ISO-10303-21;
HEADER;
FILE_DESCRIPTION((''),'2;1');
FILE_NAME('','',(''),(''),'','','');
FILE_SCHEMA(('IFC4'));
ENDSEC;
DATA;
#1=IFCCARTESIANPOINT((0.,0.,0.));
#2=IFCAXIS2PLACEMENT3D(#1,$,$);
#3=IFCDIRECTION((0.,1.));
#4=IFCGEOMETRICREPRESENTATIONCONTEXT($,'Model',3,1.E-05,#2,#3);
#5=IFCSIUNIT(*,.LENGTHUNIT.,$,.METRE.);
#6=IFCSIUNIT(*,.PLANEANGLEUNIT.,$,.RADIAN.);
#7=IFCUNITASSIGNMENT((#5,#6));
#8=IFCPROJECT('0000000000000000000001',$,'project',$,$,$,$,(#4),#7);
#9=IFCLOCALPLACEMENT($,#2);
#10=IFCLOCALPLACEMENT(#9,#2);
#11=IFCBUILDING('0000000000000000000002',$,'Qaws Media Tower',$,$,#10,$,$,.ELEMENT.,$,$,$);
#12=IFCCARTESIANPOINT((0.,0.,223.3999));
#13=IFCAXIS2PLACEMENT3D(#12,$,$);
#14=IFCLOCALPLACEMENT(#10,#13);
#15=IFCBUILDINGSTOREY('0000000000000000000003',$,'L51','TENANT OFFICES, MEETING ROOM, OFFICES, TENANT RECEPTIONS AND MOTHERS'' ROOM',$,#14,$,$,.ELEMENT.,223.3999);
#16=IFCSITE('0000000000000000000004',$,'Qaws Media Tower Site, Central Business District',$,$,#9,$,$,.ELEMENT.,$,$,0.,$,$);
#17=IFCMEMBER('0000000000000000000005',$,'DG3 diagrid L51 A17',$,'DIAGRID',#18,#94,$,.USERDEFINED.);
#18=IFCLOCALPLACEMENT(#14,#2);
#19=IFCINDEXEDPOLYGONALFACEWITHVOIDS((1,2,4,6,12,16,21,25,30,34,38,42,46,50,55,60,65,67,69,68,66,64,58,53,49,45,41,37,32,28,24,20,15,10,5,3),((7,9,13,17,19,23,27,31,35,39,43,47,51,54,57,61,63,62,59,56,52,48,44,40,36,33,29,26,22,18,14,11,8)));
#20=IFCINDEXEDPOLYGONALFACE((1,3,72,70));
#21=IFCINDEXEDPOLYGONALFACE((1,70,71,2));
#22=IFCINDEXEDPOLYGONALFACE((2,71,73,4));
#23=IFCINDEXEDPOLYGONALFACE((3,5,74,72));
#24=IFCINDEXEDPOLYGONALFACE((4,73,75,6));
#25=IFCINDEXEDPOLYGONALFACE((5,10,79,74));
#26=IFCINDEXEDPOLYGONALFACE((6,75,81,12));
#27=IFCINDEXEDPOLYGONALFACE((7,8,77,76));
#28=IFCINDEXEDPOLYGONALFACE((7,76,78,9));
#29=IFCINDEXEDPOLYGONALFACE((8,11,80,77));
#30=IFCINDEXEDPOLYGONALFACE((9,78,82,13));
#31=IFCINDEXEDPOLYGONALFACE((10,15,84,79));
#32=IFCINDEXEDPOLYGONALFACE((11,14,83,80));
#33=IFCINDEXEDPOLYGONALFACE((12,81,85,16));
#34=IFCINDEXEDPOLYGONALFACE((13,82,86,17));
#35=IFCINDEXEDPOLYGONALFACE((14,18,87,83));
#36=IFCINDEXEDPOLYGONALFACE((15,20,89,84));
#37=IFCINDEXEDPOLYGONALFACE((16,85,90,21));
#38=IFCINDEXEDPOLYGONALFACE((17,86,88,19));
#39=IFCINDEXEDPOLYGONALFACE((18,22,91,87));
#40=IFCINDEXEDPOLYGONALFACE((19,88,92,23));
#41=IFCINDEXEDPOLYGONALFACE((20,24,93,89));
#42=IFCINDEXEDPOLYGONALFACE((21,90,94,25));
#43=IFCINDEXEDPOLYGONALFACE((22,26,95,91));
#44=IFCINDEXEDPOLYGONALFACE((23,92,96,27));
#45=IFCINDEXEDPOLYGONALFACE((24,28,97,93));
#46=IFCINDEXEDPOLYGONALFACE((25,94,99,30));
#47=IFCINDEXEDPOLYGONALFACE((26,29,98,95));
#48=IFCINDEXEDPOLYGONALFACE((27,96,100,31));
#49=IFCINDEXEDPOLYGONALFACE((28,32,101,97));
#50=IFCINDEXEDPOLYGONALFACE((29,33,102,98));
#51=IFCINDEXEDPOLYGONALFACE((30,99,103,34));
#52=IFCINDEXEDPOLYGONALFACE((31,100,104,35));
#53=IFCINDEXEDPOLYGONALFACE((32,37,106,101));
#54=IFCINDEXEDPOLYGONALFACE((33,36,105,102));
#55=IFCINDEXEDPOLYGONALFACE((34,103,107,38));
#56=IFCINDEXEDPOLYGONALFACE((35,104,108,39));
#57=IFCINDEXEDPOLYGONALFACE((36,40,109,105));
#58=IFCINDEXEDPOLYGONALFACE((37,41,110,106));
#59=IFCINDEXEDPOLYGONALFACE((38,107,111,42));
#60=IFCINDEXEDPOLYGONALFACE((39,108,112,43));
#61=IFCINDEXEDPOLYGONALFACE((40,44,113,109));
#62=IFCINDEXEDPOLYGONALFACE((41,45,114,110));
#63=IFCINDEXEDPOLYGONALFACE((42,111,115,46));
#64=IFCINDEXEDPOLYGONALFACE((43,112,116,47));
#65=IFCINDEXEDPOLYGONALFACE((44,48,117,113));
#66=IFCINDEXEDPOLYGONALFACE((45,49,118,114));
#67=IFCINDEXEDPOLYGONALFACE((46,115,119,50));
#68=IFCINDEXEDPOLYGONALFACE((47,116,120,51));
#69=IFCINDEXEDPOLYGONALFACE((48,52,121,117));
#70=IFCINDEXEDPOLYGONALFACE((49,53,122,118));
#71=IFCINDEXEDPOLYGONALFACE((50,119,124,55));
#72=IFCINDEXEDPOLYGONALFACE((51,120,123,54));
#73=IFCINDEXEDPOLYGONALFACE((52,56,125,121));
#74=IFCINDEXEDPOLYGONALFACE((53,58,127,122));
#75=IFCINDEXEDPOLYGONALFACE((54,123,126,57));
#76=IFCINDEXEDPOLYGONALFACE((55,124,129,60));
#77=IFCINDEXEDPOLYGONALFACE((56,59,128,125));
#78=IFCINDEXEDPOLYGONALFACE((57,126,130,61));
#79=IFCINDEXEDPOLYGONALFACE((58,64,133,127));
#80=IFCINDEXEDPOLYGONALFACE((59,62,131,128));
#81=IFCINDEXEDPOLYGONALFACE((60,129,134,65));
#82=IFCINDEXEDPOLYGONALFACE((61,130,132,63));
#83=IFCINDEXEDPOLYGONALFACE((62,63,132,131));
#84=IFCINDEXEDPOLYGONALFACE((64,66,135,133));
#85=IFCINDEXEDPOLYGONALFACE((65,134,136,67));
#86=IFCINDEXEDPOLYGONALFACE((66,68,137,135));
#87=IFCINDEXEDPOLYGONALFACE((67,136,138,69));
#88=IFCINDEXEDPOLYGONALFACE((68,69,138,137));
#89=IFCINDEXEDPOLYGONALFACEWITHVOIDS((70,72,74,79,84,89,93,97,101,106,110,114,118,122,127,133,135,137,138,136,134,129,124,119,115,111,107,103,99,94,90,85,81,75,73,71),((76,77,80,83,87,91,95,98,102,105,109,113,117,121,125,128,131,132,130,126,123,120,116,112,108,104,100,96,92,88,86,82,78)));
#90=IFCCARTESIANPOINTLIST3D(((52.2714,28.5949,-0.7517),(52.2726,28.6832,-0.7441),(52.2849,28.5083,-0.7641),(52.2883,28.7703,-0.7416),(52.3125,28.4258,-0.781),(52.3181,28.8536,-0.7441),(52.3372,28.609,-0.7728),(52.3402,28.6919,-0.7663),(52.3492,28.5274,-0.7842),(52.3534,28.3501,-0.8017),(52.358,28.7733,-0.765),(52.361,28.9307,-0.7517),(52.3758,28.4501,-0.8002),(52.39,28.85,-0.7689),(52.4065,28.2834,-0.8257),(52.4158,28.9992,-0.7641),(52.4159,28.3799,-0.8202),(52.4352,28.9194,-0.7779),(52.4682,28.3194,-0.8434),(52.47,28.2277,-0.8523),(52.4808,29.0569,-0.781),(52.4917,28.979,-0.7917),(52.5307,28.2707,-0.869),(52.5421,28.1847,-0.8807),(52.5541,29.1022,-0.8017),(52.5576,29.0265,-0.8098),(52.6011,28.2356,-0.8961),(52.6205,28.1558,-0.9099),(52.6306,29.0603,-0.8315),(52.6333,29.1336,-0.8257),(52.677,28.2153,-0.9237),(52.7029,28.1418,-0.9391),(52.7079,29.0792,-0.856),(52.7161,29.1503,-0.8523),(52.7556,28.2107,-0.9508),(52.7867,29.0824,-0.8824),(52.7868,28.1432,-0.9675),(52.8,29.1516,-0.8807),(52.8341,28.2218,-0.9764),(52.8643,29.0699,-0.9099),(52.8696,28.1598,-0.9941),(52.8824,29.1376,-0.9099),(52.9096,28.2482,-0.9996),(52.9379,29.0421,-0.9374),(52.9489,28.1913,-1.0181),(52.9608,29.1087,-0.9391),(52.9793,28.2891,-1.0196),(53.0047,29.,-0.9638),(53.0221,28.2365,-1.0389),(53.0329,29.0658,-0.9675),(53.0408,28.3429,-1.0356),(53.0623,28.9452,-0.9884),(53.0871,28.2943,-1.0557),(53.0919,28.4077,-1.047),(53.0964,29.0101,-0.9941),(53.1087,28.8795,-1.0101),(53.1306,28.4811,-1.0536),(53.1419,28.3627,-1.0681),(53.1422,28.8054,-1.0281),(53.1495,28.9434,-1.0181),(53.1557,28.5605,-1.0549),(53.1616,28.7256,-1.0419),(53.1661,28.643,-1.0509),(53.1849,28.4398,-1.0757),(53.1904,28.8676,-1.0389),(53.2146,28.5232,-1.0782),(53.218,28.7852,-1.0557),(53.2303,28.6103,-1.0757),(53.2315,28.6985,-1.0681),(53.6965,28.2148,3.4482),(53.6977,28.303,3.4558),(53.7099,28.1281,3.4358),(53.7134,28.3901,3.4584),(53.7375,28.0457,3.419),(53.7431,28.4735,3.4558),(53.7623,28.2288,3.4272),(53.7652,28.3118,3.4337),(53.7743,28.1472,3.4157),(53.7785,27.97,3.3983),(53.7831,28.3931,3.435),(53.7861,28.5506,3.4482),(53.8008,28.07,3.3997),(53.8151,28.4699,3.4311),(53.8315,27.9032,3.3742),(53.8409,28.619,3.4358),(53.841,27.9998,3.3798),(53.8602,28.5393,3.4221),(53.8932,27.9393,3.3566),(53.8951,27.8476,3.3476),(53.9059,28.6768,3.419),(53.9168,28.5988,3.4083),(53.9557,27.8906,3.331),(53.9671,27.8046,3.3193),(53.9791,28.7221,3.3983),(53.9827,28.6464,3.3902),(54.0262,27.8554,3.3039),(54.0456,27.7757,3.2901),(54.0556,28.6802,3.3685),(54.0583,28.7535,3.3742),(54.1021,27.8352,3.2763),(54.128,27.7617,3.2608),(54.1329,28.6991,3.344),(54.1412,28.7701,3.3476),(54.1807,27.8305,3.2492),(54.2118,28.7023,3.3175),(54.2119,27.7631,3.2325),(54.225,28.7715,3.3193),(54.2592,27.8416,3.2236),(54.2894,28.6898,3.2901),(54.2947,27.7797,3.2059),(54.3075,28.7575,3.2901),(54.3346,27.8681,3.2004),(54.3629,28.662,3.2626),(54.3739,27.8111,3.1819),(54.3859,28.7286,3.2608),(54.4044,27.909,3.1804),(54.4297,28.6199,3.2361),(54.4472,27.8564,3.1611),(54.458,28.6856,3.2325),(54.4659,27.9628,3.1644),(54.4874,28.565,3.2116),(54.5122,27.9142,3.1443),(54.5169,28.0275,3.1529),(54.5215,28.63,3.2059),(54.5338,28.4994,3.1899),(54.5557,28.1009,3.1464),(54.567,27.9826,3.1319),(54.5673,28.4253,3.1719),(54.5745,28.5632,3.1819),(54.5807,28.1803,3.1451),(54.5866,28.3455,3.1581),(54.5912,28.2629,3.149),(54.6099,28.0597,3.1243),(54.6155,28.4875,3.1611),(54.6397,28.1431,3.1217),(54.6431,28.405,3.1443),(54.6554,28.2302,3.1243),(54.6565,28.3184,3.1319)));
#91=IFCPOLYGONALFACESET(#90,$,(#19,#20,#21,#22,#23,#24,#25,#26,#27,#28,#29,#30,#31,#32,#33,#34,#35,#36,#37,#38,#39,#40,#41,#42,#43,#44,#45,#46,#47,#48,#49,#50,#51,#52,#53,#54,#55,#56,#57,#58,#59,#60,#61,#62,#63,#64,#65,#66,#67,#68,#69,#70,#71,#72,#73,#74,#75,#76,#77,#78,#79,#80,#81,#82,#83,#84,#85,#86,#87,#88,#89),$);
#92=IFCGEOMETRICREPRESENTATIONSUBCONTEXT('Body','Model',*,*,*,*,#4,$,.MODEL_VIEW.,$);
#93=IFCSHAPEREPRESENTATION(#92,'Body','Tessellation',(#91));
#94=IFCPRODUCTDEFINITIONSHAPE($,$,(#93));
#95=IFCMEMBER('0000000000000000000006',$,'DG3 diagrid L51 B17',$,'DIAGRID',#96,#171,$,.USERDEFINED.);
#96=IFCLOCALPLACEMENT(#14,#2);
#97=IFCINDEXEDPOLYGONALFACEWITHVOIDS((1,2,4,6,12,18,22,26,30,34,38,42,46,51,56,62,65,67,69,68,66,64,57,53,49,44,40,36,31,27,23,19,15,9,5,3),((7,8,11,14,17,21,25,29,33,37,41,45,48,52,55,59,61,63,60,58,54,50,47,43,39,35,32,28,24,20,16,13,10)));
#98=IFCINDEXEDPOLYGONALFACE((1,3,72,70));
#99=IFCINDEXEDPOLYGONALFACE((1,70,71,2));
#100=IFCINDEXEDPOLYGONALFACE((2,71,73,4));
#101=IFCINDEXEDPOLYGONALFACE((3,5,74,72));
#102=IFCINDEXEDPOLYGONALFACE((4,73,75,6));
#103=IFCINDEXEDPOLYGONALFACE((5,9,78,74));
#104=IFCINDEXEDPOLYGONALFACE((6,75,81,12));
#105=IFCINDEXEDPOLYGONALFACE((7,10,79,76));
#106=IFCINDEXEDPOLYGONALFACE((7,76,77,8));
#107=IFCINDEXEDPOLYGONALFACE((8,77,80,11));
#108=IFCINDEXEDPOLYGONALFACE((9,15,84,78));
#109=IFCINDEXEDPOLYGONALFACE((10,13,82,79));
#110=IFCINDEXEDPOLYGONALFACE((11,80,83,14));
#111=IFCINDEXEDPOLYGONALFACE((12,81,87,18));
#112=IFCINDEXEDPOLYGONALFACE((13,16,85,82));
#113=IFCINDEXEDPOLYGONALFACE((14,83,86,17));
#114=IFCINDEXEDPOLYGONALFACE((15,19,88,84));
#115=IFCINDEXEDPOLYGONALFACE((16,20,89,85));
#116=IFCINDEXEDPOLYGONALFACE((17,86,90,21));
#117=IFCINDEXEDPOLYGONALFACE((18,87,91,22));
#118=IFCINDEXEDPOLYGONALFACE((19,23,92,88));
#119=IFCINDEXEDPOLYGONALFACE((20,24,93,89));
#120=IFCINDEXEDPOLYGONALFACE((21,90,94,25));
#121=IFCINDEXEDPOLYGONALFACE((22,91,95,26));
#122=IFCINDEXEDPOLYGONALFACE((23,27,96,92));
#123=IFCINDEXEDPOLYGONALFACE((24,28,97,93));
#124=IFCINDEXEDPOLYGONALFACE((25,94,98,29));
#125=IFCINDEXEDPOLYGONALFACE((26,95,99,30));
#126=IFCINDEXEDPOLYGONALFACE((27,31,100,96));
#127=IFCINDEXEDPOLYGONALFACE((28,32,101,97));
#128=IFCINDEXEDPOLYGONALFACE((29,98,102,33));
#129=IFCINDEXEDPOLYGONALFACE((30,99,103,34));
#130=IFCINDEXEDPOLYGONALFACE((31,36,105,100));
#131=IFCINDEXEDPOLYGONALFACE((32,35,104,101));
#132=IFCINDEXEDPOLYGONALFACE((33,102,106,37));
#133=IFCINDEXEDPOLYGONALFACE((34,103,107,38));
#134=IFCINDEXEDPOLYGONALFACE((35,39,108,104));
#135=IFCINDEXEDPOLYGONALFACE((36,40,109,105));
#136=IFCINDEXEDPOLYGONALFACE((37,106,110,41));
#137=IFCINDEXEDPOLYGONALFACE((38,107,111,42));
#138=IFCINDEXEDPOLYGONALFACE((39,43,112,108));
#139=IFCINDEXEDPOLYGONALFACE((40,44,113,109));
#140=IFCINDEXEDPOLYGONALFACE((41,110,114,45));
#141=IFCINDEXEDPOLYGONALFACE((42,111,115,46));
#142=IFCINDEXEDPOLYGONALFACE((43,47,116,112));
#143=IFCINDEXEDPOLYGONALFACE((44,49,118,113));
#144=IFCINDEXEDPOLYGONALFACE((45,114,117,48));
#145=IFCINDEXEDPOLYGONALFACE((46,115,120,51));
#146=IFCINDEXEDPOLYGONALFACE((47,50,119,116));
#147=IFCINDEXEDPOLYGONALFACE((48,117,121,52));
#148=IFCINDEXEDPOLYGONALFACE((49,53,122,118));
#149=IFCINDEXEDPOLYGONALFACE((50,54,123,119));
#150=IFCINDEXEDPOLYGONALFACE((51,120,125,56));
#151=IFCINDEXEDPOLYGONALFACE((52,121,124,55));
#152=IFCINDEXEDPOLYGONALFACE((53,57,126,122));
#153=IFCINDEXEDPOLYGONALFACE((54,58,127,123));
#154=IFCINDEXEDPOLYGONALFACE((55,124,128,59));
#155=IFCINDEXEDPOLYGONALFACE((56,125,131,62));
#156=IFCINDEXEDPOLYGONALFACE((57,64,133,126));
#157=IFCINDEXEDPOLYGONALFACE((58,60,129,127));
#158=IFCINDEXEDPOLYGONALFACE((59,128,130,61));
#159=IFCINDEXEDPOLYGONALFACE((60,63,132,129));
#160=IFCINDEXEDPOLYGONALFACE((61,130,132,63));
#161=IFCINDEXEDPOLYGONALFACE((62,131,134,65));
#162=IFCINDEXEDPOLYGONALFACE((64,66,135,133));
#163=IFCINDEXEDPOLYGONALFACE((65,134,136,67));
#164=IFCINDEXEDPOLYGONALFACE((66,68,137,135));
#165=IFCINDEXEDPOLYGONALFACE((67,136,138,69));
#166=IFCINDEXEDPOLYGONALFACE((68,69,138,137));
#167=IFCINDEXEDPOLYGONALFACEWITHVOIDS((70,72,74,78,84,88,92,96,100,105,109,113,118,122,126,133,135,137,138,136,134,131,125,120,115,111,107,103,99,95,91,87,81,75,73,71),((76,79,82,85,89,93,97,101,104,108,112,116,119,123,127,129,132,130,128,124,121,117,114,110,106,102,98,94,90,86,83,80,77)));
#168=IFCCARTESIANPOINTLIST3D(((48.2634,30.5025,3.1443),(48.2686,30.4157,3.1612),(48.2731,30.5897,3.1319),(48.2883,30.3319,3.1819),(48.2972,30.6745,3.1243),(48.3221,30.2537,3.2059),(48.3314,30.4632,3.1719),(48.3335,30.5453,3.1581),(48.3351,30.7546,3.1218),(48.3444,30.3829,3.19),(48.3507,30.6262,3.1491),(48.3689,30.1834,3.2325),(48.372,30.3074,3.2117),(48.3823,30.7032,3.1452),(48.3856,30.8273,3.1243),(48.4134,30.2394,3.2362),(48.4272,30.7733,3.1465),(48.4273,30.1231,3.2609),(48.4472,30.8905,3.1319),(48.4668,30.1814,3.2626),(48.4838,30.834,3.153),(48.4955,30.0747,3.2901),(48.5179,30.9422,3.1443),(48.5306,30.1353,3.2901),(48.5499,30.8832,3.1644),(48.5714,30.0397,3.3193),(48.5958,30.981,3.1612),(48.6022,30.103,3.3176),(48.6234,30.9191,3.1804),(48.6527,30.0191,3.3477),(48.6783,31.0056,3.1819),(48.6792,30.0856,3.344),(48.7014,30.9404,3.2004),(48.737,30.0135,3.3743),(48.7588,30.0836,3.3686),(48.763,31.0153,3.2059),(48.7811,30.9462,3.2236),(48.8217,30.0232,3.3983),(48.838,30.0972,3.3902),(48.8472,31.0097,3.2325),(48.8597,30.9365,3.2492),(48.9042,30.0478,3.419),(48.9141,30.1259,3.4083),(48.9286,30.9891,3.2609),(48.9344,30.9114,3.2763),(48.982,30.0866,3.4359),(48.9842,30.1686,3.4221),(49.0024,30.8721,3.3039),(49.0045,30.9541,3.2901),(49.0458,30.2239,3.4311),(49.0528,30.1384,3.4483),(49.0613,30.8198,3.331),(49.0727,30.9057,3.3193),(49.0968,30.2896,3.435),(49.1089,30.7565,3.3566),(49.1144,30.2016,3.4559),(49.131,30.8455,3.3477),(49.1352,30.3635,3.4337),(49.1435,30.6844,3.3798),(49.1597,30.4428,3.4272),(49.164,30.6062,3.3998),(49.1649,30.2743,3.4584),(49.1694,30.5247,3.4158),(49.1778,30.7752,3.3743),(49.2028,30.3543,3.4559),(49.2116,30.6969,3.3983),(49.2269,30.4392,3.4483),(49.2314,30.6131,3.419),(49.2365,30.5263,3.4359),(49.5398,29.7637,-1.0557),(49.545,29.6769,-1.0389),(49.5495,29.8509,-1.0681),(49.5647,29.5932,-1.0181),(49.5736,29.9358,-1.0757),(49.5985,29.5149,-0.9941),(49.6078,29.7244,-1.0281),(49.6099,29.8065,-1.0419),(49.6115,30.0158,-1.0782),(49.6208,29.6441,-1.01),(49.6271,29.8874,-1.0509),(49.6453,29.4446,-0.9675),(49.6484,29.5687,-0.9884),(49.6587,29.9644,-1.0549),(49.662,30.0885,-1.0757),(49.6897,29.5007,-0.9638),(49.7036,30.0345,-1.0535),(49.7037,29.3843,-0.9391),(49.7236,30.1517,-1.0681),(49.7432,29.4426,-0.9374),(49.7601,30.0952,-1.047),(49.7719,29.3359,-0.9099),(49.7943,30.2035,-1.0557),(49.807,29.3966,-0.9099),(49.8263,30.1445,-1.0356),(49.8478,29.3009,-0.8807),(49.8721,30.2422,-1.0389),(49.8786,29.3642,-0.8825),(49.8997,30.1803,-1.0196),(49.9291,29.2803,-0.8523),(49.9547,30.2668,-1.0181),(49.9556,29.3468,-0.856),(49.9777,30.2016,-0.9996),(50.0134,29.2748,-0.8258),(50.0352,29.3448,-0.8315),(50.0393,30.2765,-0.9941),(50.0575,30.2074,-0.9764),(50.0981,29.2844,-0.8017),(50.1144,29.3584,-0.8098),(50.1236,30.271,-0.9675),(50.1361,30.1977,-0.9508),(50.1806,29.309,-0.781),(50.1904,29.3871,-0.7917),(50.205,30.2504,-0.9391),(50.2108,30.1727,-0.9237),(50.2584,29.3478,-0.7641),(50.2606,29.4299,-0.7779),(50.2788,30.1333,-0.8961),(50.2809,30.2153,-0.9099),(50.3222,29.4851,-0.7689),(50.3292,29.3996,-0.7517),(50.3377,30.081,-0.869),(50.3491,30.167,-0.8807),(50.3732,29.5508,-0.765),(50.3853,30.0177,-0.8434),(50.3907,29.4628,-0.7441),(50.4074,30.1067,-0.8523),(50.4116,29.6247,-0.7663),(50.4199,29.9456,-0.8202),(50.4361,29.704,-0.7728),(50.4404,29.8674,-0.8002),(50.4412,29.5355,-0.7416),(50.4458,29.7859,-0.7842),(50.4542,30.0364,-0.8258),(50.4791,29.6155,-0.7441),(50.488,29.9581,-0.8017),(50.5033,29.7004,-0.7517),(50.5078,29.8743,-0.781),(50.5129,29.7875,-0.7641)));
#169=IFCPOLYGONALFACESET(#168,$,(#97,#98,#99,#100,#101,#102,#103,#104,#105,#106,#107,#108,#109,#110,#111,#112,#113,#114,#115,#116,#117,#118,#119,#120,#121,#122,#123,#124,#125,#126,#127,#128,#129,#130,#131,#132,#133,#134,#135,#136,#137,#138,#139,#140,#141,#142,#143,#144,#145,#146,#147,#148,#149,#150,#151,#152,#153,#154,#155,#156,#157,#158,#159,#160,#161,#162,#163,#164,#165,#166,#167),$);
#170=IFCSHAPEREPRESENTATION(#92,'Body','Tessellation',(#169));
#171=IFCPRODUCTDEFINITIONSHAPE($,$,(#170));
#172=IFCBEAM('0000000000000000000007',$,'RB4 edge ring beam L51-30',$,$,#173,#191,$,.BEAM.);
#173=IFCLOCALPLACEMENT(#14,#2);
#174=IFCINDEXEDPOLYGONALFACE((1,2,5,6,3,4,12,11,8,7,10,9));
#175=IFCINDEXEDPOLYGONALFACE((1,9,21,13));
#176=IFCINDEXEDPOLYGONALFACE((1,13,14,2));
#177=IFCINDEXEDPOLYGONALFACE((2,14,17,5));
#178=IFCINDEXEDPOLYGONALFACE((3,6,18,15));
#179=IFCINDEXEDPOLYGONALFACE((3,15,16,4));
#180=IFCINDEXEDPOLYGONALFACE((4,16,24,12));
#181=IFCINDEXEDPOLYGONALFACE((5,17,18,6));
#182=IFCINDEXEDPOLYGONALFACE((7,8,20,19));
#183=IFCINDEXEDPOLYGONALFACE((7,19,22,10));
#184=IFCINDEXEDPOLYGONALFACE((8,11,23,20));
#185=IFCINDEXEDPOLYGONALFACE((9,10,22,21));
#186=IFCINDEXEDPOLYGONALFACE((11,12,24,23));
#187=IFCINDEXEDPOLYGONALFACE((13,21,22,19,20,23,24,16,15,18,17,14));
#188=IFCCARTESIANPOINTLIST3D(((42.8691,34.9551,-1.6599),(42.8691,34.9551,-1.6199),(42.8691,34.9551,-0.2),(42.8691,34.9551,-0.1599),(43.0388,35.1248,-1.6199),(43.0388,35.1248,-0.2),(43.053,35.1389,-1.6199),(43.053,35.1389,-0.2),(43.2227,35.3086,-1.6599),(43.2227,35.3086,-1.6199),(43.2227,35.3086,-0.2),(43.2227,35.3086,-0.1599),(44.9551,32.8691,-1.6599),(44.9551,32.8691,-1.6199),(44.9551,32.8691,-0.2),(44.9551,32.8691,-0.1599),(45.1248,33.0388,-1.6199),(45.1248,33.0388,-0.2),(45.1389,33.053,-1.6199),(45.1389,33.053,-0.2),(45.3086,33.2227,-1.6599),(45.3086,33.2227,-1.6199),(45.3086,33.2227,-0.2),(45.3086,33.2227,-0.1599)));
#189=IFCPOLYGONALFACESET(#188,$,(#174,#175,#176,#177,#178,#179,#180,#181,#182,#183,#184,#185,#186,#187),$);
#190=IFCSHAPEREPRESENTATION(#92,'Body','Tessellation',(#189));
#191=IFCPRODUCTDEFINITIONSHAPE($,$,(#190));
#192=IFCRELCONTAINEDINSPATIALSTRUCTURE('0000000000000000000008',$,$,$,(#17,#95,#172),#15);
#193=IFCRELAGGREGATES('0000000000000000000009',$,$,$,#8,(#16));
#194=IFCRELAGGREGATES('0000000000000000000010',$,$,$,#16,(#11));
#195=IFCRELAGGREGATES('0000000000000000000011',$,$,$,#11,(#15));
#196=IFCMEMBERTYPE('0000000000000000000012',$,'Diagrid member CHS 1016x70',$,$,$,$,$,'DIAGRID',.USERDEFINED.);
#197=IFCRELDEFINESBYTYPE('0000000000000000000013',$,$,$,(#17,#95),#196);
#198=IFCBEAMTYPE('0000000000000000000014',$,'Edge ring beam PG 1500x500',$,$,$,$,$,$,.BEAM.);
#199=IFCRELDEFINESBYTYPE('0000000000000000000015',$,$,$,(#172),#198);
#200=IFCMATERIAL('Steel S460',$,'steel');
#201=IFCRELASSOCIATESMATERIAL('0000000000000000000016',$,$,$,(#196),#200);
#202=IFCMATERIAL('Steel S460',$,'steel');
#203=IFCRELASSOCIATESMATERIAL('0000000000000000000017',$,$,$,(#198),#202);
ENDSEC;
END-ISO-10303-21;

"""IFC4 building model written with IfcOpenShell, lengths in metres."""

from ifc_helpers import new_model, si_unit, direction, frame, origin, origin_2d, place, context, subcontext, project, spatial, hollow_circle, i_section, extrude, material, material_profile, profile_set, type_object, element, save


model = new_model("IFC4")

# Units and contexts
model_context = context("Model", 3, precision=1e-05, world=origin(), true_north=direction((0.0, 1.0)))
body_context = subcontext(model_context, "Body", "Model", "MODEL_VIEW")
ifc_project = project(units=[si_unit("LENGTHUNIT", "METRE"), si_unit("PLANEANGLEUNIT", "RADIAN")], contexts=[model_context])

# Site, building, storey
site_placement = place(None, origin())
site = spatial("IfcSite", under=ifc_project, at=site_placement, Name="Qaws Media Tower Site, Central Business District", CompositionType="ELEMENT", RefElevation=0.0)
building_placement = place(site_placement, origin())
building = spatial("IfcBuilding", under=site, at=building_placement, Name="Qaws Media Tower", CompositionType="ELEMENT")
storey_placement = place(building_placement, frame((0.0, 0.0, 223.3999)))
storey = spatial("IfcBuildingStorey", under=building, at=storey_placement, Name="L51", Description="TENANT OFFICES, MEETING ROOM, OFFICES, TENANT RECEPTIONS AND MOTHERS' ROOM", CompositionType="ELEMENT", Elevation=223.3999)

# Members
ifc_material_1 = material(Name="Steel S460", Category="steel")
ifc_material_profile_1 = material_profile(ifc_material_1, hollow_circle(Radius=0.5081, WallThickness=0.0701, at=origin_2d()), Name="CHS 1016x70")
ifc_profile_set_1 = profile_set([ifc_material_profile_1], Name="Steel S460")
member_type_1 = type_object("IfcMemberType", Name="Diagrid member CHS 1016x70", ElementType="DIAGRID", PredefinedType="USERDEFINED", material=ifc_profile_set_1)
for number, where, z_axis, x_axis, name in (
    (1, (52.7515, 28.6467, -0.9099), (0.320136, -0.085395, 0.943515), (0.257735, 0.966216, 0.0), "DG3 diagrid L51 A17"),
    (2, (50.0264, 29.7756, -0.9099), (-0.286737, 0.165965, 0.943524), (-0.500945, -0.865479, 0.0), "DG3 diagrid L51 B17"),
):
    element("IfcMember", number, at=place(storey_placement, frame(where, z_axis=z_axis, x_axis=x_axis)), inside=storey, type_object=member_type_1, Name=name, ObjectType="DIAGRID", PredefinedType="USERDEFINED", context=body_context, shape_type="SweptSolid", body=[
        extrude(hollow_circle(Radius=0.5081, WallThickness=0.0701, at=origin_2d()), origin(), (0.0, 0.0, 1.0), 4.4514),
    ])

# Beam
ifc_material_2 = material(Name="Steel S460", Category="steel")
ifc_material_profile_2 = material_profile(ifc_material_2, i_section(OverallWidth=0.5, OverallDepth=1.5, WebThickness=0.02, FlangeThickness=0.04, at=origin_2d()), Name="PG 1500x500")
ifc_profile_set_2 = profile_set([ifc_material_profile_2], Name="Steel S460")
beam_type = type_object("IfcBeamType", Name="Edge ring beam PG 1500x500", PredefinedType="BEAM", material=ifc_profile_set_2)
beam_1_placement = place(storey_placement, frame((43.0459, 35.1318, -0.9099), z_axis=(0.707107, -0.707107, 0.0), x_axis=(0.707107, 0.707107, 0.0)))
element("IfcBeam", 3, at=beam_1_placement, inside=storey, type_object=beam_type, Name="RB4 edge ring beam L51-30", PredefinedType="BEAM", context=body_context, shape_type="SweptSolid", body=[
    extrude(i_section(OverallWidth=0.5, OverallDepth=1.5, WebThickness=0.02, FlangeThickness=0.04, at=origin_2d()), origin(), (0.0, 0.0, 1.0), 2.95),
])

save(model, "model.ifc")
